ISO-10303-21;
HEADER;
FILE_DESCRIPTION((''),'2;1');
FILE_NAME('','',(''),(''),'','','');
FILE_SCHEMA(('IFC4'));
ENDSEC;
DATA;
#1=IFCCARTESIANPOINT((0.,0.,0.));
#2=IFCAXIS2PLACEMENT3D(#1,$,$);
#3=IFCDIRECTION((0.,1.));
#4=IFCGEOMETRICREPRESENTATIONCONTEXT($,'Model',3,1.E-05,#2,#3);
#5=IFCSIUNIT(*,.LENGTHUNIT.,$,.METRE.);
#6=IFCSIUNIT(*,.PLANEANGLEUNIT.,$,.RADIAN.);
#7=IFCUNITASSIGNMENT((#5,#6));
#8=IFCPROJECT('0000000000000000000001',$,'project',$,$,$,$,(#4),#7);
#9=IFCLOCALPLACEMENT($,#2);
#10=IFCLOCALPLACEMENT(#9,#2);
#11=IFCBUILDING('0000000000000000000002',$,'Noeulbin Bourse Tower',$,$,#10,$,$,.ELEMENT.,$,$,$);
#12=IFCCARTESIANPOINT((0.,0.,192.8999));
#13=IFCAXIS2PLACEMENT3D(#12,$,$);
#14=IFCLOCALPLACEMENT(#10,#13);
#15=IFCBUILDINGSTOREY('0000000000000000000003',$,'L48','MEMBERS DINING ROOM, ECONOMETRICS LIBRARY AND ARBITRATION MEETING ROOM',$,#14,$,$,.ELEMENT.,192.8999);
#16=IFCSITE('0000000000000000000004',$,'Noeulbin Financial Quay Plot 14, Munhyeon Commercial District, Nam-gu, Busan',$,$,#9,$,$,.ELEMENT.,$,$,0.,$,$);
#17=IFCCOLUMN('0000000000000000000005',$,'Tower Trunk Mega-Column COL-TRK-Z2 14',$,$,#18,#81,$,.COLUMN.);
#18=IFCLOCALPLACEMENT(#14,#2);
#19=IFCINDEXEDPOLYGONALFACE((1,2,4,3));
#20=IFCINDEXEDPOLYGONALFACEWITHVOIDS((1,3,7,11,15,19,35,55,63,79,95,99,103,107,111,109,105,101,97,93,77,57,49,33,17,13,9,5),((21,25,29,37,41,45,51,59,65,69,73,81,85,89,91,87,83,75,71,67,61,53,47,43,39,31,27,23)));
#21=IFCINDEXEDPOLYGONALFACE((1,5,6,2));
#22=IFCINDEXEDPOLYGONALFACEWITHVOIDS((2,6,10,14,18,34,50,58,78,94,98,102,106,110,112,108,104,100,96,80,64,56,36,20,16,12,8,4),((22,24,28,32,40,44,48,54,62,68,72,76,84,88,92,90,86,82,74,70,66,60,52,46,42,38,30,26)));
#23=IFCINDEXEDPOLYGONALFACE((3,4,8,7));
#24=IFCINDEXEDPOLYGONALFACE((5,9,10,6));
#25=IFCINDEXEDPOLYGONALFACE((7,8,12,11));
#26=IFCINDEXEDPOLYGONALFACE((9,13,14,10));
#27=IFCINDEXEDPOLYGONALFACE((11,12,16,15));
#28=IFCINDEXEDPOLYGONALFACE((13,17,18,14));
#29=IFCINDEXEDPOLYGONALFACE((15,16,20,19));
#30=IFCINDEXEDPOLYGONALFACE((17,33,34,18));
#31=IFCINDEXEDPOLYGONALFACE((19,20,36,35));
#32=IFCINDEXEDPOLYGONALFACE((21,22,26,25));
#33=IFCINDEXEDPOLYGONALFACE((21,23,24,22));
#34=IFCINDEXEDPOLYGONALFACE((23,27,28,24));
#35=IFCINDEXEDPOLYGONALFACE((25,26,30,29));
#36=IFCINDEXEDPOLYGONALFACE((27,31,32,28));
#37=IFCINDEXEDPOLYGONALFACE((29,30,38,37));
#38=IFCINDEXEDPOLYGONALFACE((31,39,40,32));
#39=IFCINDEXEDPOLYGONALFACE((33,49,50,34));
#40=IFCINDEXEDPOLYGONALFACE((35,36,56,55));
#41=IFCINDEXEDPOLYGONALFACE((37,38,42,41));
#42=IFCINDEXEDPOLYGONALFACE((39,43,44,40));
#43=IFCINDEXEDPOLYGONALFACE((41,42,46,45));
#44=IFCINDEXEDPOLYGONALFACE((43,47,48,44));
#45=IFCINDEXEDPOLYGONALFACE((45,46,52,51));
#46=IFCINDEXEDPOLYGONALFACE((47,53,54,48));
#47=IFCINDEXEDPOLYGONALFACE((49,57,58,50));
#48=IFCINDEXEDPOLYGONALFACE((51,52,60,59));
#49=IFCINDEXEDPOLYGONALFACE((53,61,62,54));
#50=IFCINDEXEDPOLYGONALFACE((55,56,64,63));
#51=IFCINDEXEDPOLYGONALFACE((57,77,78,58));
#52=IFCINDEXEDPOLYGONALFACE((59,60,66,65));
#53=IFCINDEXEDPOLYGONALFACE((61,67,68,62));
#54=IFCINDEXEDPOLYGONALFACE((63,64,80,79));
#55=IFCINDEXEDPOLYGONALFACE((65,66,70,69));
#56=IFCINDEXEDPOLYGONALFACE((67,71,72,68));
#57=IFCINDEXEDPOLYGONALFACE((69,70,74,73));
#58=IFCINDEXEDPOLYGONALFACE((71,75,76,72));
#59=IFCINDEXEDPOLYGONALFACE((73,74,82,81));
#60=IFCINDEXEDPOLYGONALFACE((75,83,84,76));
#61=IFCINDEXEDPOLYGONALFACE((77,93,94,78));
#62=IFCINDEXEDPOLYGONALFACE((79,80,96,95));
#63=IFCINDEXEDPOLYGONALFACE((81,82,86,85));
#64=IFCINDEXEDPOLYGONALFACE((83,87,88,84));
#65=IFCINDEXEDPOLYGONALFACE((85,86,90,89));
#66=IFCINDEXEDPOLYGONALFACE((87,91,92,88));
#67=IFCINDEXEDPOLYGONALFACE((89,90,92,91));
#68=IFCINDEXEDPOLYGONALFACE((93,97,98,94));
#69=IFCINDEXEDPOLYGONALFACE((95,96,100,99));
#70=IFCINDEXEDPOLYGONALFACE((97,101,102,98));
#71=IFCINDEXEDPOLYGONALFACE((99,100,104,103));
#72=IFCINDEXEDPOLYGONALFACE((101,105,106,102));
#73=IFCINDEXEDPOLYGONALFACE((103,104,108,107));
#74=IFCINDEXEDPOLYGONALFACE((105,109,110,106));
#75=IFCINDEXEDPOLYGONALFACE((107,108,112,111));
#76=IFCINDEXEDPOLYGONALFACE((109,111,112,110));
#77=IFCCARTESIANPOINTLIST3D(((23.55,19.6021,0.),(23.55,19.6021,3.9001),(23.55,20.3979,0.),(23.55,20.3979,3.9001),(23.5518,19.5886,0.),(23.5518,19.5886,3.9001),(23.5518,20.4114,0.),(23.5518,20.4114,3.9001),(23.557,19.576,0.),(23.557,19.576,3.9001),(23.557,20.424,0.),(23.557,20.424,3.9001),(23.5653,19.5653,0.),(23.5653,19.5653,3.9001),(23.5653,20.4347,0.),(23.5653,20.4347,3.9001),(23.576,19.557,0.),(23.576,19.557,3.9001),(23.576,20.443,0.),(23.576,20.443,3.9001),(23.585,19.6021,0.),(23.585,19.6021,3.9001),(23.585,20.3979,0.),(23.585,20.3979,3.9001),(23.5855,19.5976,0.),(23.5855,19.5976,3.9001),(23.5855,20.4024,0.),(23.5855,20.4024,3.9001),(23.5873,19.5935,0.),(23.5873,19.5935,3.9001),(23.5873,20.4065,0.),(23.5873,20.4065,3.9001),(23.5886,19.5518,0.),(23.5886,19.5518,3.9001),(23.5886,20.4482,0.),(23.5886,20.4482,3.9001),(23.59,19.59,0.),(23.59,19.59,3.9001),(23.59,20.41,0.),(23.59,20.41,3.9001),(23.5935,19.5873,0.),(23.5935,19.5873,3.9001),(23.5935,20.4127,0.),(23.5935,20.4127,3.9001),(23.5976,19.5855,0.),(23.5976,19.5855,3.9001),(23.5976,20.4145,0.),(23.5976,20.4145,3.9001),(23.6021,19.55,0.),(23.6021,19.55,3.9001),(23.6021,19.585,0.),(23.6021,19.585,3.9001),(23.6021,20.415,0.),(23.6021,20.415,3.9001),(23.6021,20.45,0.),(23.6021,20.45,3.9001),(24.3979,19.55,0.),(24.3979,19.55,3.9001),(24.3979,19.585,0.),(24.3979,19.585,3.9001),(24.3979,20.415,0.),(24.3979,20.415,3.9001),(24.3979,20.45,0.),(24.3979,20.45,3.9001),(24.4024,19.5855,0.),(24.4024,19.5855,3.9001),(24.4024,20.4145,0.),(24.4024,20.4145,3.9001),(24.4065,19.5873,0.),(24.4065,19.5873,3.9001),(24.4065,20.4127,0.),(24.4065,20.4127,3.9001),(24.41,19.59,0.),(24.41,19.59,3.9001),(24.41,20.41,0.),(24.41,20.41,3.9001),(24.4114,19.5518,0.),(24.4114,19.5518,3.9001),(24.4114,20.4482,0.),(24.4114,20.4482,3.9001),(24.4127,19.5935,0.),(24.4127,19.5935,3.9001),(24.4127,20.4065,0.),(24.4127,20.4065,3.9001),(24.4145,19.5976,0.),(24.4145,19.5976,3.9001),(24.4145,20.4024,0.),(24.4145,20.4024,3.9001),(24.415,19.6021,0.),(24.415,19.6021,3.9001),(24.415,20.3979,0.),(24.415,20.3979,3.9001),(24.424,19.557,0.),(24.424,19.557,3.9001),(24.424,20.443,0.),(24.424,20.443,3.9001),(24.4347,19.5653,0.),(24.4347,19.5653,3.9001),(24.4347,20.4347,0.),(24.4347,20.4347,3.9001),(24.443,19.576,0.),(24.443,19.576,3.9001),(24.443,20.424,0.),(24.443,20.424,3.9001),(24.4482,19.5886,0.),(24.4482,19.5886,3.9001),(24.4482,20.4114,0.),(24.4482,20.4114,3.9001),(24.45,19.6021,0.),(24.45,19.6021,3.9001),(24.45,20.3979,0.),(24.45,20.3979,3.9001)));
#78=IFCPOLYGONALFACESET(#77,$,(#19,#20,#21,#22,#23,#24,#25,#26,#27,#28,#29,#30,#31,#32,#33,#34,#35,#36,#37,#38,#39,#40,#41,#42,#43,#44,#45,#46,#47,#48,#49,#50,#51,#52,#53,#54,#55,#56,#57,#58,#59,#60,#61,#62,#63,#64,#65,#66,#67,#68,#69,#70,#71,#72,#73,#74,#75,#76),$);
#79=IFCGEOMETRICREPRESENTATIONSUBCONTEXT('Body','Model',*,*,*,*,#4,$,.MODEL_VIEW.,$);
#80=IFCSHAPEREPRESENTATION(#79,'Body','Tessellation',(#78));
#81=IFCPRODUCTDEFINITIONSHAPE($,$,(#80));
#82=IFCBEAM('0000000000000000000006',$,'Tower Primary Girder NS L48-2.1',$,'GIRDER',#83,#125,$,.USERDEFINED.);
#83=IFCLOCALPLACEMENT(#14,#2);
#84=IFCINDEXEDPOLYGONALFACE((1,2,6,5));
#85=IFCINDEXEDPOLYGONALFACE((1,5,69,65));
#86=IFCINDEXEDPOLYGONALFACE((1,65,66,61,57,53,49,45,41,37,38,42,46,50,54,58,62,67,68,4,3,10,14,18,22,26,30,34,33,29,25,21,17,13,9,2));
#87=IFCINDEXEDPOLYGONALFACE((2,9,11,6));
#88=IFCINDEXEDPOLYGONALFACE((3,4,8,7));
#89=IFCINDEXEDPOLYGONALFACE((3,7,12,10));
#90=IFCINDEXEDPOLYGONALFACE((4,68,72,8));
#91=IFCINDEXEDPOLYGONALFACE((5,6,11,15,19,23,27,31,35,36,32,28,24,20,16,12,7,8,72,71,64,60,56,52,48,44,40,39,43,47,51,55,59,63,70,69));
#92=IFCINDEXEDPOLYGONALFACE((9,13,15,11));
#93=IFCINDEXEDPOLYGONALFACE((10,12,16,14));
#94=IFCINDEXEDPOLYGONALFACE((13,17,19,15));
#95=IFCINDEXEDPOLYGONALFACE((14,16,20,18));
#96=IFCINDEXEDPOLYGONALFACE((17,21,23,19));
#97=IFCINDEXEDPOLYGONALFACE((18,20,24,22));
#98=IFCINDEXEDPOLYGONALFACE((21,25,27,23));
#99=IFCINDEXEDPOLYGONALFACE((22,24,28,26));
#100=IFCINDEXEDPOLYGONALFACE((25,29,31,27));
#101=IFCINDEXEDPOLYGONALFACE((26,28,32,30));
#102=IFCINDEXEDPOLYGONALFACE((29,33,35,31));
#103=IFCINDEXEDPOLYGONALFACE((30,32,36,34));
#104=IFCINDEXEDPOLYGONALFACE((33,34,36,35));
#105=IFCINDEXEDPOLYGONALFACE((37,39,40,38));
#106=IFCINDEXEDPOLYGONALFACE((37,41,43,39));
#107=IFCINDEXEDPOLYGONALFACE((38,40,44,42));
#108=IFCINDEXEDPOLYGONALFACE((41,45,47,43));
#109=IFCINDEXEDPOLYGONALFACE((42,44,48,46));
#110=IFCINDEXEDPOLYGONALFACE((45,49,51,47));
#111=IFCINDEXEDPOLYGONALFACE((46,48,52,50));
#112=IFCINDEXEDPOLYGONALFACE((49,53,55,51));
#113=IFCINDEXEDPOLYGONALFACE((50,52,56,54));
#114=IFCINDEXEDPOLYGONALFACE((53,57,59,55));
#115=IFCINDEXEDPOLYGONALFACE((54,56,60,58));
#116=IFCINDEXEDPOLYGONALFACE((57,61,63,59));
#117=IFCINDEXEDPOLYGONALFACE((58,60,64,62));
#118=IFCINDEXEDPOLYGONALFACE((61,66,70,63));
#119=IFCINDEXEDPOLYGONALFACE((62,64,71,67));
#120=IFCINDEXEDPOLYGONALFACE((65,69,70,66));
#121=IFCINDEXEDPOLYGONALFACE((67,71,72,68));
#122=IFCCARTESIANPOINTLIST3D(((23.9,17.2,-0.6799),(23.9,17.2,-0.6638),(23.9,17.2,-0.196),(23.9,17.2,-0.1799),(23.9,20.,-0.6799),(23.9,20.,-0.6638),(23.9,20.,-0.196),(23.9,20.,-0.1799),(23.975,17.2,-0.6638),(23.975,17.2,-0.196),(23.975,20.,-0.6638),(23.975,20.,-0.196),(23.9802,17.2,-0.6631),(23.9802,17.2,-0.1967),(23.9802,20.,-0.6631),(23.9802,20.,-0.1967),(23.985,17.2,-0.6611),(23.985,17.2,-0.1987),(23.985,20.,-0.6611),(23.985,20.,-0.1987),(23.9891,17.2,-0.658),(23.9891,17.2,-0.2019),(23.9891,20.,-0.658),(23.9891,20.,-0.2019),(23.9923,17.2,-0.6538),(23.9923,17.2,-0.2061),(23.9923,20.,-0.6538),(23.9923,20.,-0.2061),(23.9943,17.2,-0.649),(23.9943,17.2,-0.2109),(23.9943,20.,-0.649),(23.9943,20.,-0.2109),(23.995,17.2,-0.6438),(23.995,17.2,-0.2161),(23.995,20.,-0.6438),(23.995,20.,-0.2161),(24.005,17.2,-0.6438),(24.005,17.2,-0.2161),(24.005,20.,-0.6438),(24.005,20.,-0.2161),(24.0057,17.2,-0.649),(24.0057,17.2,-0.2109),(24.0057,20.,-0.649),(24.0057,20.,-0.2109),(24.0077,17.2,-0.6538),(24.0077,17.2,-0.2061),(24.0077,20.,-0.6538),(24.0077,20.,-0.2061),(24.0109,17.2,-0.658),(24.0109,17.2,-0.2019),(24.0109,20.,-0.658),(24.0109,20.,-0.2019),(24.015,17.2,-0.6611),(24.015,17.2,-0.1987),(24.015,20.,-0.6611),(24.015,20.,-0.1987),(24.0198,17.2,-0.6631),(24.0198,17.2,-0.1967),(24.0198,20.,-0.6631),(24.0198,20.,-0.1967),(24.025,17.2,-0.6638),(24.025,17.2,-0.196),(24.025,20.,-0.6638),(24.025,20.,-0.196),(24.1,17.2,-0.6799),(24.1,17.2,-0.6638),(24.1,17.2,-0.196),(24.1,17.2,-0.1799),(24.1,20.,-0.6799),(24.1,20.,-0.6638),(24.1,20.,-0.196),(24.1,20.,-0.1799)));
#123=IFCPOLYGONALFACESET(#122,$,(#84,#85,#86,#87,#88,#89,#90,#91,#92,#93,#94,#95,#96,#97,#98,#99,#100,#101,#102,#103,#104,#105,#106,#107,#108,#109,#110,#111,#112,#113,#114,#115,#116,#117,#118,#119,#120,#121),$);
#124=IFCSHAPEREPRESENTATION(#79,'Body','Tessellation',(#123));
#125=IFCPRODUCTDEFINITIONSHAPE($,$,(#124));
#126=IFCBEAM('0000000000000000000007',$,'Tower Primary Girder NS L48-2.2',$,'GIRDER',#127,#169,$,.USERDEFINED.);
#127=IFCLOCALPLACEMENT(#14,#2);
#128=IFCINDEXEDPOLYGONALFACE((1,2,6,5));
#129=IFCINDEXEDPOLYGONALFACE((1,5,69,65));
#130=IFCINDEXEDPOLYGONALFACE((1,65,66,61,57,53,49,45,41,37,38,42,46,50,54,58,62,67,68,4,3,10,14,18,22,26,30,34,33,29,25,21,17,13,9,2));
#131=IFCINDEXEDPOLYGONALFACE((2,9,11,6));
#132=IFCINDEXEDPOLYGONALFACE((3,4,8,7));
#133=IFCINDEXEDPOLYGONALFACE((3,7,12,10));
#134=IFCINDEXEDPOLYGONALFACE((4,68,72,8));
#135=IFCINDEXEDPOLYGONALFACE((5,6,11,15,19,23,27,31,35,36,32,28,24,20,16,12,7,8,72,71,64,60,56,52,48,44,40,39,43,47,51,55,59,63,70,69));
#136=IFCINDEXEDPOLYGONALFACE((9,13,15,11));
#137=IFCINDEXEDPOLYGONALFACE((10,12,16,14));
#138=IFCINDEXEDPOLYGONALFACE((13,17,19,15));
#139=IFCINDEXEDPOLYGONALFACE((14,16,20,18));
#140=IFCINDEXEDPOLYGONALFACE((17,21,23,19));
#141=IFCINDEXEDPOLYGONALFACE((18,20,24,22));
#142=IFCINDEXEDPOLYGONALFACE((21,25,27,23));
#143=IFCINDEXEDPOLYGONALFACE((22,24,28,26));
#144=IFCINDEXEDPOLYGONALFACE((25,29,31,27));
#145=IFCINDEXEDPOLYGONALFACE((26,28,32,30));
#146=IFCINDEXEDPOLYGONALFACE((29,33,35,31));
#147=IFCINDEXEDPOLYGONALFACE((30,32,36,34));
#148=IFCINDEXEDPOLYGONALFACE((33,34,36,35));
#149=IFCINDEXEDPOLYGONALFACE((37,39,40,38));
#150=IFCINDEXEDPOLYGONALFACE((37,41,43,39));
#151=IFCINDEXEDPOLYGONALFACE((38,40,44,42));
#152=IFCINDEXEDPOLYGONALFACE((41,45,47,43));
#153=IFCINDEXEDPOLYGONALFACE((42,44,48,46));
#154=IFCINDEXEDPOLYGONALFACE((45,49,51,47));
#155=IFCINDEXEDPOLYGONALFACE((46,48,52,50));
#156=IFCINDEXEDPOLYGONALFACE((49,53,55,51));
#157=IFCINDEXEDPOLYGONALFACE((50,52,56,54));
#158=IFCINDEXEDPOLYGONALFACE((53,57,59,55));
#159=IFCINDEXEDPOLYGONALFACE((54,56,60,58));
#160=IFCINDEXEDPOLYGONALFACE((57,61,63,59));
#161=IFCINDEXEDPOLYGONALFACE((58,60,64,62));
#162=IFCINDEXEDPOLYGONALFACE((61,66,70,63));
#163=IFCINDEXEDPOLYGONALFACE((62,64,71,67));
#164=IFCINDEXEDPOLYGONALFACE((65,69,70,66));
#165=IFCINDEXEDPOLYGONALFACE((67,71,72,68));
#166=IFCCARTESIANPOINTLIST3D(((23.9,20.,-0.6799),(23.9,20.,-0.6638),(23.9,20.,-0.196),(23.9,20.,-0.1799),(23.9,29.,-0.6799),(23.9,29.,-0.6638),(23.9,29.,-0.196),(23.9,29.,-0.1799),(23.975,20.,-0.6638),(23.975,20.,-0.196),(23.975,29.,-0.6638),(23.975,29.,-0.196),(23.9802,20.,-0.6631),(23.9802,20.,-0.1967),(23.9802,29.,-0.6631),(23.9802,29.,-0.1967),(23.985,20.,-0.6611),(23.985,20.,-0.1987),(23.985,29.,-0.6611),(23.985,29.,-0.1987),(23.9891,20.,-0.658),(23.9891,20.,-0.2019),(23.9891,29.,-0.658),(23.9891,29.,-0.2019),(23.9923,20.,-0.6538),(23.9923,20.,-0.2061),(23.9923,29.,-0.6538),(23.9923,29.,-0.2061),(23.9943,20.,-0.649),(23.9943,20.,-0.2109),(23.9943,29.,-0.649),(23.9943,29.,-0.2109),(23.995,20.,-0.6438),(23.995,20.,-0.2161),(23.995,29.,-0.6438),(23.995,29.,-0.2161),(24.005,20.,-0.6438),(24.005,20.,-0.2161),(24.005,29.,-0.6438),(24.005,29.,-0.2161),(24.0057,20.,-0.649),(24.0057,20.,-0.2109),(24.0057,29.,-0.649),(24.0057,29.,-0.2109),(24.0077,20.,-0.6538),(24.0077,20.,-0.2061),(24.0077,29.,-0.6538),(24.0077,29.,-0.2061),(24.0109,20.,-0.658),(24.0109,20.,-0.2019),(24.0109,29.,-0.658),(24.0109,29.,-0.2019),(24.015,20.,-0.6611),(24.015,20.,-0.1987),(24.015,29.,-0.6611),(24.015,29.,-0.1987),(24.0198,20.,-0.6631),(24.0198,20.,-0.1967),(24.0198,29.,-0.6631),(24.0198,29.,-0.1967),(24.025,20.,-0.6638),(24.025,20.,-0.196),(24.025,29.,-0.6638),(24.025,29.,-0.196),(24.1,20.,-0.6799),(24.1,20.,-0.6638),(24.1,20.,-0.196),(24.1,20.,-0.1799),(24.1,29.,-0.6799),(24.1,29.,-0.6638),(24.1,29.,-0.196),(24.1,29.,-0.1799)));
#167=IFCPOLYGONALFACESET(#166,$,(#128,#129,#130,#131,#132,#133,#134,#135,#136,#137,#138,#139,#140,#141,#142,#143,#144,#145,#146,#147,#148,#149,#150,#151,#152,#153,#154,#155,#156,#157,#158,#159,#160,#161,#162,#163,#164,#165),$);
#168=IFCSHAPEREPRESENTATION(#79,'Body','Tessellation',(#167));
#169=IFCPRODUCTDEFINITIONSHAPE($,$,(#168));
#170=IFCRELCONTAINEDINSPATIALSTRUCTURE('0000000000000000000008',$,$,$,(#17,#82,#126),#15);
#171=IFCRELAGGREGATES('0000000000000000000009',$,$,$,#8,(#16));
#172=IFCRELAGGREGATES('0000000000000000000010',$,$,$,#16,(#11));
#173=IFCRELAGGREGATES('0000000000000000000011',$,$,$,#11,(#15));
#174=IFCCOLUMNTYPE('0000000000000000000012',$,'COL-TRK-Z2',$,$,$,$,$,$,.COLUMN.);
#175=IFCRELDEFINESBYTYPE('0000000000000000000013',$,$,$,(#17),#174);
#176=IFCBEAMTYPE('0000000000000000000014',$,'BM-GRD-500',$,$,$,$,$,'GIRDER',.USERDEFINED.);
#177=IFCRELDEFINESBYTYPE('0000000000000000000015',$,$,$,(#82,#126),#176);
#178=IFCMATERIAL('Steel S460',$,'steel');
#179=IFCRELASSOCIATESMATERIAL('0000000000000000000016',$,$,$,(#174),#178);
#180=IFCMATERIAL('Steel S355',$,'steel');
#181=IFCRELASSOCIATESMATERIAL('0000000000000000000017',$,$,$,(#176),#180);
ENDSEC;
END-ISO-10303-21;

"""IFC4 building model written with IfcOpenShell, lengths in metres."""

from ifc_helpers import new_model, si_unit, direction, frame, origin, origin_2d, place, context, subcontext, project, spatial, hollow_rectangle, i_section, extrude, material, material_profile, profile_set, type_object, element, save


model = new_model("IFC4")

# Units and contexts
model_context = context("Model", 3, precision=1e-05, world=origin(), true_north=direction((0.0, 1.0)))
body_context = subcontext(model_context, "Body", "Model", "MODEL_VIEW")
ifc_project = project(units=[si_unit("LENGTHUNIT", "METRE"), si_unit("PLANEANGLEUNIT", "RADIAN")], contexts=[model_context])

# Site, building, storey
site_placement = place(None, origin())
site = spatial("IfcSite", under=ifc_project, at=site_placement, Name="Noeulbin Financial Quay Plot 14, Munhyeon Commercial District, Nam-gu, Busan", CompositionType="ELEMENT", RefElevation=0.0)
building_placement = place(site_placement, origin())
building = spatial("IfcBuilding", under=site, at=building_placement, Name="Noeulbin Bourse Tower", CompositionType="ELEMENT")
storey_placement = place(building_placement, frame((0.0, 0.0, 192.8999)))
storey = spatial("IfcBuildingStorey", under=building, at=storey_placement, Name="L48", Description="MEMBERS DINING ROOM, ECONOMETRICS LIBRARY AND ARBITRATION MEETING ROOM", CompositionType="ELEMENT", Elevation=192.8999)

# Column
ifc_material_1 = material(Name="Steel S355", Category="steel")
ifc_material_2 = material(Name="Steel S460", Category="steel")
ifc_material_profile_1 = material_profile(ifc_material_2, hollow_rectangle(XDim=0.8999, YDim=0.8999, WallThickness=0.0349, InnerFilletRadius=0.0171, OuterFilletRadius=0.052, at=origin_2d()), Name="BOX-900x900x35", Category="LoadBearing")
ifc_profile_set_1 = profile_set([ifc_material_profile_1], Name="Steel S460")
column_type_1 = type_object("IfcColumnType", Name="COL-TRK-Z2", PredefinedType="COLUMN", material=ifc_profile_set_1)
column_1_placement = place(storey_placement, frame((24.0, 20.0, 0.0), z_axis=(0.0, 0.0, 1.0), x_axis=(1.0, 0.0, 0.0)))
element("IfcColumn", 1, at=column_1_placement, inside=storey, type_object=column_type_1, Name="Tower Trunk Mega-Column COL-TRK-Z2 14", PredefinedType="COLUMN", context=body_context, shape_type="SweptSolid", body=[
    extrude(hollow_rectangle(XDim=0.8999, YDim=0.8999, WallThickness=0.0349, InnerFilletRadius=0.0171, OuterFilletRadius=0.052, at=origin_2d()), origin(), (0.0, 0.0, 1.0), 3.9001),
])

# Beams
ifc_material_profile_2 = material_profile(ifc_material_1, i_section(OverallWidth=0.2, OverallDepth=0.5, WebThickness=0.01, FlangeThickness=0.0161, FilletRadius=0.02, at=origin_2d()), Name="H-500x200x10x16", Category="LoadBearing")
ifc_profile_set_2 = profile_set([ifc_material_profile_2], Name="Steel S355")
beam_type_1 = type_object("IfcBeamType", Name="BM-GRD-500", ElementType="GIRDER", PredefinedType="USERDEFINED", material=ifc_profile_set_2)
beam_1_placement = place(storey_placement, frame((24.0, 17.2, -0.4299), z_axis=(0.0, 1.0, 0.0), x_axis=(-1.0, 0.0, 0.0)))
element("IfcBeam", 2, at=beam_1_placement, inside=storey, type_object=beam_type_1, Name="Tower Primary Girder NS L48-2.1", ObjectType="GIRDER", PredefinedType="USERDEFINED", context=body_context, shape_type="SweptSolid", body=[
    extrude(i_section(OverallWidth=0.2, OverallDepth=0.5, WebThickness=0.01, FlangeThickness=0.0161, FilletRadius=0.02, at=origin_2d()), origin(), (0.0, 0.0, 1.0), 2.8),
])
beam_2_placement = place(storey_placement, frame((24.0, 20.0, -0.4299), z_axis=(0.0, 1.0, 0.0), x_axis=(-1.0, 0.0, 0.0)))
element("IfcBeam", 3, at=beam_2_placement, inside=storey, type_object=beam_type_1, Name="Tower Primary Girder NS L48-2.2", ObjectType="GIRDER", PredefinedType="USERDEFINED", context=body_context, shape_type="SweptSolid", body=[
    extrude(i_section(OverallWidth=0.2, OverallDepth=0.5, WebThickness=0.01, FlangeThickness=0.0161, FilletRadius=0.02, at=origin_2d()), origin(), (0.0, 0.0, 1.0), 9.0),
])

save(model, "model.ifc")
